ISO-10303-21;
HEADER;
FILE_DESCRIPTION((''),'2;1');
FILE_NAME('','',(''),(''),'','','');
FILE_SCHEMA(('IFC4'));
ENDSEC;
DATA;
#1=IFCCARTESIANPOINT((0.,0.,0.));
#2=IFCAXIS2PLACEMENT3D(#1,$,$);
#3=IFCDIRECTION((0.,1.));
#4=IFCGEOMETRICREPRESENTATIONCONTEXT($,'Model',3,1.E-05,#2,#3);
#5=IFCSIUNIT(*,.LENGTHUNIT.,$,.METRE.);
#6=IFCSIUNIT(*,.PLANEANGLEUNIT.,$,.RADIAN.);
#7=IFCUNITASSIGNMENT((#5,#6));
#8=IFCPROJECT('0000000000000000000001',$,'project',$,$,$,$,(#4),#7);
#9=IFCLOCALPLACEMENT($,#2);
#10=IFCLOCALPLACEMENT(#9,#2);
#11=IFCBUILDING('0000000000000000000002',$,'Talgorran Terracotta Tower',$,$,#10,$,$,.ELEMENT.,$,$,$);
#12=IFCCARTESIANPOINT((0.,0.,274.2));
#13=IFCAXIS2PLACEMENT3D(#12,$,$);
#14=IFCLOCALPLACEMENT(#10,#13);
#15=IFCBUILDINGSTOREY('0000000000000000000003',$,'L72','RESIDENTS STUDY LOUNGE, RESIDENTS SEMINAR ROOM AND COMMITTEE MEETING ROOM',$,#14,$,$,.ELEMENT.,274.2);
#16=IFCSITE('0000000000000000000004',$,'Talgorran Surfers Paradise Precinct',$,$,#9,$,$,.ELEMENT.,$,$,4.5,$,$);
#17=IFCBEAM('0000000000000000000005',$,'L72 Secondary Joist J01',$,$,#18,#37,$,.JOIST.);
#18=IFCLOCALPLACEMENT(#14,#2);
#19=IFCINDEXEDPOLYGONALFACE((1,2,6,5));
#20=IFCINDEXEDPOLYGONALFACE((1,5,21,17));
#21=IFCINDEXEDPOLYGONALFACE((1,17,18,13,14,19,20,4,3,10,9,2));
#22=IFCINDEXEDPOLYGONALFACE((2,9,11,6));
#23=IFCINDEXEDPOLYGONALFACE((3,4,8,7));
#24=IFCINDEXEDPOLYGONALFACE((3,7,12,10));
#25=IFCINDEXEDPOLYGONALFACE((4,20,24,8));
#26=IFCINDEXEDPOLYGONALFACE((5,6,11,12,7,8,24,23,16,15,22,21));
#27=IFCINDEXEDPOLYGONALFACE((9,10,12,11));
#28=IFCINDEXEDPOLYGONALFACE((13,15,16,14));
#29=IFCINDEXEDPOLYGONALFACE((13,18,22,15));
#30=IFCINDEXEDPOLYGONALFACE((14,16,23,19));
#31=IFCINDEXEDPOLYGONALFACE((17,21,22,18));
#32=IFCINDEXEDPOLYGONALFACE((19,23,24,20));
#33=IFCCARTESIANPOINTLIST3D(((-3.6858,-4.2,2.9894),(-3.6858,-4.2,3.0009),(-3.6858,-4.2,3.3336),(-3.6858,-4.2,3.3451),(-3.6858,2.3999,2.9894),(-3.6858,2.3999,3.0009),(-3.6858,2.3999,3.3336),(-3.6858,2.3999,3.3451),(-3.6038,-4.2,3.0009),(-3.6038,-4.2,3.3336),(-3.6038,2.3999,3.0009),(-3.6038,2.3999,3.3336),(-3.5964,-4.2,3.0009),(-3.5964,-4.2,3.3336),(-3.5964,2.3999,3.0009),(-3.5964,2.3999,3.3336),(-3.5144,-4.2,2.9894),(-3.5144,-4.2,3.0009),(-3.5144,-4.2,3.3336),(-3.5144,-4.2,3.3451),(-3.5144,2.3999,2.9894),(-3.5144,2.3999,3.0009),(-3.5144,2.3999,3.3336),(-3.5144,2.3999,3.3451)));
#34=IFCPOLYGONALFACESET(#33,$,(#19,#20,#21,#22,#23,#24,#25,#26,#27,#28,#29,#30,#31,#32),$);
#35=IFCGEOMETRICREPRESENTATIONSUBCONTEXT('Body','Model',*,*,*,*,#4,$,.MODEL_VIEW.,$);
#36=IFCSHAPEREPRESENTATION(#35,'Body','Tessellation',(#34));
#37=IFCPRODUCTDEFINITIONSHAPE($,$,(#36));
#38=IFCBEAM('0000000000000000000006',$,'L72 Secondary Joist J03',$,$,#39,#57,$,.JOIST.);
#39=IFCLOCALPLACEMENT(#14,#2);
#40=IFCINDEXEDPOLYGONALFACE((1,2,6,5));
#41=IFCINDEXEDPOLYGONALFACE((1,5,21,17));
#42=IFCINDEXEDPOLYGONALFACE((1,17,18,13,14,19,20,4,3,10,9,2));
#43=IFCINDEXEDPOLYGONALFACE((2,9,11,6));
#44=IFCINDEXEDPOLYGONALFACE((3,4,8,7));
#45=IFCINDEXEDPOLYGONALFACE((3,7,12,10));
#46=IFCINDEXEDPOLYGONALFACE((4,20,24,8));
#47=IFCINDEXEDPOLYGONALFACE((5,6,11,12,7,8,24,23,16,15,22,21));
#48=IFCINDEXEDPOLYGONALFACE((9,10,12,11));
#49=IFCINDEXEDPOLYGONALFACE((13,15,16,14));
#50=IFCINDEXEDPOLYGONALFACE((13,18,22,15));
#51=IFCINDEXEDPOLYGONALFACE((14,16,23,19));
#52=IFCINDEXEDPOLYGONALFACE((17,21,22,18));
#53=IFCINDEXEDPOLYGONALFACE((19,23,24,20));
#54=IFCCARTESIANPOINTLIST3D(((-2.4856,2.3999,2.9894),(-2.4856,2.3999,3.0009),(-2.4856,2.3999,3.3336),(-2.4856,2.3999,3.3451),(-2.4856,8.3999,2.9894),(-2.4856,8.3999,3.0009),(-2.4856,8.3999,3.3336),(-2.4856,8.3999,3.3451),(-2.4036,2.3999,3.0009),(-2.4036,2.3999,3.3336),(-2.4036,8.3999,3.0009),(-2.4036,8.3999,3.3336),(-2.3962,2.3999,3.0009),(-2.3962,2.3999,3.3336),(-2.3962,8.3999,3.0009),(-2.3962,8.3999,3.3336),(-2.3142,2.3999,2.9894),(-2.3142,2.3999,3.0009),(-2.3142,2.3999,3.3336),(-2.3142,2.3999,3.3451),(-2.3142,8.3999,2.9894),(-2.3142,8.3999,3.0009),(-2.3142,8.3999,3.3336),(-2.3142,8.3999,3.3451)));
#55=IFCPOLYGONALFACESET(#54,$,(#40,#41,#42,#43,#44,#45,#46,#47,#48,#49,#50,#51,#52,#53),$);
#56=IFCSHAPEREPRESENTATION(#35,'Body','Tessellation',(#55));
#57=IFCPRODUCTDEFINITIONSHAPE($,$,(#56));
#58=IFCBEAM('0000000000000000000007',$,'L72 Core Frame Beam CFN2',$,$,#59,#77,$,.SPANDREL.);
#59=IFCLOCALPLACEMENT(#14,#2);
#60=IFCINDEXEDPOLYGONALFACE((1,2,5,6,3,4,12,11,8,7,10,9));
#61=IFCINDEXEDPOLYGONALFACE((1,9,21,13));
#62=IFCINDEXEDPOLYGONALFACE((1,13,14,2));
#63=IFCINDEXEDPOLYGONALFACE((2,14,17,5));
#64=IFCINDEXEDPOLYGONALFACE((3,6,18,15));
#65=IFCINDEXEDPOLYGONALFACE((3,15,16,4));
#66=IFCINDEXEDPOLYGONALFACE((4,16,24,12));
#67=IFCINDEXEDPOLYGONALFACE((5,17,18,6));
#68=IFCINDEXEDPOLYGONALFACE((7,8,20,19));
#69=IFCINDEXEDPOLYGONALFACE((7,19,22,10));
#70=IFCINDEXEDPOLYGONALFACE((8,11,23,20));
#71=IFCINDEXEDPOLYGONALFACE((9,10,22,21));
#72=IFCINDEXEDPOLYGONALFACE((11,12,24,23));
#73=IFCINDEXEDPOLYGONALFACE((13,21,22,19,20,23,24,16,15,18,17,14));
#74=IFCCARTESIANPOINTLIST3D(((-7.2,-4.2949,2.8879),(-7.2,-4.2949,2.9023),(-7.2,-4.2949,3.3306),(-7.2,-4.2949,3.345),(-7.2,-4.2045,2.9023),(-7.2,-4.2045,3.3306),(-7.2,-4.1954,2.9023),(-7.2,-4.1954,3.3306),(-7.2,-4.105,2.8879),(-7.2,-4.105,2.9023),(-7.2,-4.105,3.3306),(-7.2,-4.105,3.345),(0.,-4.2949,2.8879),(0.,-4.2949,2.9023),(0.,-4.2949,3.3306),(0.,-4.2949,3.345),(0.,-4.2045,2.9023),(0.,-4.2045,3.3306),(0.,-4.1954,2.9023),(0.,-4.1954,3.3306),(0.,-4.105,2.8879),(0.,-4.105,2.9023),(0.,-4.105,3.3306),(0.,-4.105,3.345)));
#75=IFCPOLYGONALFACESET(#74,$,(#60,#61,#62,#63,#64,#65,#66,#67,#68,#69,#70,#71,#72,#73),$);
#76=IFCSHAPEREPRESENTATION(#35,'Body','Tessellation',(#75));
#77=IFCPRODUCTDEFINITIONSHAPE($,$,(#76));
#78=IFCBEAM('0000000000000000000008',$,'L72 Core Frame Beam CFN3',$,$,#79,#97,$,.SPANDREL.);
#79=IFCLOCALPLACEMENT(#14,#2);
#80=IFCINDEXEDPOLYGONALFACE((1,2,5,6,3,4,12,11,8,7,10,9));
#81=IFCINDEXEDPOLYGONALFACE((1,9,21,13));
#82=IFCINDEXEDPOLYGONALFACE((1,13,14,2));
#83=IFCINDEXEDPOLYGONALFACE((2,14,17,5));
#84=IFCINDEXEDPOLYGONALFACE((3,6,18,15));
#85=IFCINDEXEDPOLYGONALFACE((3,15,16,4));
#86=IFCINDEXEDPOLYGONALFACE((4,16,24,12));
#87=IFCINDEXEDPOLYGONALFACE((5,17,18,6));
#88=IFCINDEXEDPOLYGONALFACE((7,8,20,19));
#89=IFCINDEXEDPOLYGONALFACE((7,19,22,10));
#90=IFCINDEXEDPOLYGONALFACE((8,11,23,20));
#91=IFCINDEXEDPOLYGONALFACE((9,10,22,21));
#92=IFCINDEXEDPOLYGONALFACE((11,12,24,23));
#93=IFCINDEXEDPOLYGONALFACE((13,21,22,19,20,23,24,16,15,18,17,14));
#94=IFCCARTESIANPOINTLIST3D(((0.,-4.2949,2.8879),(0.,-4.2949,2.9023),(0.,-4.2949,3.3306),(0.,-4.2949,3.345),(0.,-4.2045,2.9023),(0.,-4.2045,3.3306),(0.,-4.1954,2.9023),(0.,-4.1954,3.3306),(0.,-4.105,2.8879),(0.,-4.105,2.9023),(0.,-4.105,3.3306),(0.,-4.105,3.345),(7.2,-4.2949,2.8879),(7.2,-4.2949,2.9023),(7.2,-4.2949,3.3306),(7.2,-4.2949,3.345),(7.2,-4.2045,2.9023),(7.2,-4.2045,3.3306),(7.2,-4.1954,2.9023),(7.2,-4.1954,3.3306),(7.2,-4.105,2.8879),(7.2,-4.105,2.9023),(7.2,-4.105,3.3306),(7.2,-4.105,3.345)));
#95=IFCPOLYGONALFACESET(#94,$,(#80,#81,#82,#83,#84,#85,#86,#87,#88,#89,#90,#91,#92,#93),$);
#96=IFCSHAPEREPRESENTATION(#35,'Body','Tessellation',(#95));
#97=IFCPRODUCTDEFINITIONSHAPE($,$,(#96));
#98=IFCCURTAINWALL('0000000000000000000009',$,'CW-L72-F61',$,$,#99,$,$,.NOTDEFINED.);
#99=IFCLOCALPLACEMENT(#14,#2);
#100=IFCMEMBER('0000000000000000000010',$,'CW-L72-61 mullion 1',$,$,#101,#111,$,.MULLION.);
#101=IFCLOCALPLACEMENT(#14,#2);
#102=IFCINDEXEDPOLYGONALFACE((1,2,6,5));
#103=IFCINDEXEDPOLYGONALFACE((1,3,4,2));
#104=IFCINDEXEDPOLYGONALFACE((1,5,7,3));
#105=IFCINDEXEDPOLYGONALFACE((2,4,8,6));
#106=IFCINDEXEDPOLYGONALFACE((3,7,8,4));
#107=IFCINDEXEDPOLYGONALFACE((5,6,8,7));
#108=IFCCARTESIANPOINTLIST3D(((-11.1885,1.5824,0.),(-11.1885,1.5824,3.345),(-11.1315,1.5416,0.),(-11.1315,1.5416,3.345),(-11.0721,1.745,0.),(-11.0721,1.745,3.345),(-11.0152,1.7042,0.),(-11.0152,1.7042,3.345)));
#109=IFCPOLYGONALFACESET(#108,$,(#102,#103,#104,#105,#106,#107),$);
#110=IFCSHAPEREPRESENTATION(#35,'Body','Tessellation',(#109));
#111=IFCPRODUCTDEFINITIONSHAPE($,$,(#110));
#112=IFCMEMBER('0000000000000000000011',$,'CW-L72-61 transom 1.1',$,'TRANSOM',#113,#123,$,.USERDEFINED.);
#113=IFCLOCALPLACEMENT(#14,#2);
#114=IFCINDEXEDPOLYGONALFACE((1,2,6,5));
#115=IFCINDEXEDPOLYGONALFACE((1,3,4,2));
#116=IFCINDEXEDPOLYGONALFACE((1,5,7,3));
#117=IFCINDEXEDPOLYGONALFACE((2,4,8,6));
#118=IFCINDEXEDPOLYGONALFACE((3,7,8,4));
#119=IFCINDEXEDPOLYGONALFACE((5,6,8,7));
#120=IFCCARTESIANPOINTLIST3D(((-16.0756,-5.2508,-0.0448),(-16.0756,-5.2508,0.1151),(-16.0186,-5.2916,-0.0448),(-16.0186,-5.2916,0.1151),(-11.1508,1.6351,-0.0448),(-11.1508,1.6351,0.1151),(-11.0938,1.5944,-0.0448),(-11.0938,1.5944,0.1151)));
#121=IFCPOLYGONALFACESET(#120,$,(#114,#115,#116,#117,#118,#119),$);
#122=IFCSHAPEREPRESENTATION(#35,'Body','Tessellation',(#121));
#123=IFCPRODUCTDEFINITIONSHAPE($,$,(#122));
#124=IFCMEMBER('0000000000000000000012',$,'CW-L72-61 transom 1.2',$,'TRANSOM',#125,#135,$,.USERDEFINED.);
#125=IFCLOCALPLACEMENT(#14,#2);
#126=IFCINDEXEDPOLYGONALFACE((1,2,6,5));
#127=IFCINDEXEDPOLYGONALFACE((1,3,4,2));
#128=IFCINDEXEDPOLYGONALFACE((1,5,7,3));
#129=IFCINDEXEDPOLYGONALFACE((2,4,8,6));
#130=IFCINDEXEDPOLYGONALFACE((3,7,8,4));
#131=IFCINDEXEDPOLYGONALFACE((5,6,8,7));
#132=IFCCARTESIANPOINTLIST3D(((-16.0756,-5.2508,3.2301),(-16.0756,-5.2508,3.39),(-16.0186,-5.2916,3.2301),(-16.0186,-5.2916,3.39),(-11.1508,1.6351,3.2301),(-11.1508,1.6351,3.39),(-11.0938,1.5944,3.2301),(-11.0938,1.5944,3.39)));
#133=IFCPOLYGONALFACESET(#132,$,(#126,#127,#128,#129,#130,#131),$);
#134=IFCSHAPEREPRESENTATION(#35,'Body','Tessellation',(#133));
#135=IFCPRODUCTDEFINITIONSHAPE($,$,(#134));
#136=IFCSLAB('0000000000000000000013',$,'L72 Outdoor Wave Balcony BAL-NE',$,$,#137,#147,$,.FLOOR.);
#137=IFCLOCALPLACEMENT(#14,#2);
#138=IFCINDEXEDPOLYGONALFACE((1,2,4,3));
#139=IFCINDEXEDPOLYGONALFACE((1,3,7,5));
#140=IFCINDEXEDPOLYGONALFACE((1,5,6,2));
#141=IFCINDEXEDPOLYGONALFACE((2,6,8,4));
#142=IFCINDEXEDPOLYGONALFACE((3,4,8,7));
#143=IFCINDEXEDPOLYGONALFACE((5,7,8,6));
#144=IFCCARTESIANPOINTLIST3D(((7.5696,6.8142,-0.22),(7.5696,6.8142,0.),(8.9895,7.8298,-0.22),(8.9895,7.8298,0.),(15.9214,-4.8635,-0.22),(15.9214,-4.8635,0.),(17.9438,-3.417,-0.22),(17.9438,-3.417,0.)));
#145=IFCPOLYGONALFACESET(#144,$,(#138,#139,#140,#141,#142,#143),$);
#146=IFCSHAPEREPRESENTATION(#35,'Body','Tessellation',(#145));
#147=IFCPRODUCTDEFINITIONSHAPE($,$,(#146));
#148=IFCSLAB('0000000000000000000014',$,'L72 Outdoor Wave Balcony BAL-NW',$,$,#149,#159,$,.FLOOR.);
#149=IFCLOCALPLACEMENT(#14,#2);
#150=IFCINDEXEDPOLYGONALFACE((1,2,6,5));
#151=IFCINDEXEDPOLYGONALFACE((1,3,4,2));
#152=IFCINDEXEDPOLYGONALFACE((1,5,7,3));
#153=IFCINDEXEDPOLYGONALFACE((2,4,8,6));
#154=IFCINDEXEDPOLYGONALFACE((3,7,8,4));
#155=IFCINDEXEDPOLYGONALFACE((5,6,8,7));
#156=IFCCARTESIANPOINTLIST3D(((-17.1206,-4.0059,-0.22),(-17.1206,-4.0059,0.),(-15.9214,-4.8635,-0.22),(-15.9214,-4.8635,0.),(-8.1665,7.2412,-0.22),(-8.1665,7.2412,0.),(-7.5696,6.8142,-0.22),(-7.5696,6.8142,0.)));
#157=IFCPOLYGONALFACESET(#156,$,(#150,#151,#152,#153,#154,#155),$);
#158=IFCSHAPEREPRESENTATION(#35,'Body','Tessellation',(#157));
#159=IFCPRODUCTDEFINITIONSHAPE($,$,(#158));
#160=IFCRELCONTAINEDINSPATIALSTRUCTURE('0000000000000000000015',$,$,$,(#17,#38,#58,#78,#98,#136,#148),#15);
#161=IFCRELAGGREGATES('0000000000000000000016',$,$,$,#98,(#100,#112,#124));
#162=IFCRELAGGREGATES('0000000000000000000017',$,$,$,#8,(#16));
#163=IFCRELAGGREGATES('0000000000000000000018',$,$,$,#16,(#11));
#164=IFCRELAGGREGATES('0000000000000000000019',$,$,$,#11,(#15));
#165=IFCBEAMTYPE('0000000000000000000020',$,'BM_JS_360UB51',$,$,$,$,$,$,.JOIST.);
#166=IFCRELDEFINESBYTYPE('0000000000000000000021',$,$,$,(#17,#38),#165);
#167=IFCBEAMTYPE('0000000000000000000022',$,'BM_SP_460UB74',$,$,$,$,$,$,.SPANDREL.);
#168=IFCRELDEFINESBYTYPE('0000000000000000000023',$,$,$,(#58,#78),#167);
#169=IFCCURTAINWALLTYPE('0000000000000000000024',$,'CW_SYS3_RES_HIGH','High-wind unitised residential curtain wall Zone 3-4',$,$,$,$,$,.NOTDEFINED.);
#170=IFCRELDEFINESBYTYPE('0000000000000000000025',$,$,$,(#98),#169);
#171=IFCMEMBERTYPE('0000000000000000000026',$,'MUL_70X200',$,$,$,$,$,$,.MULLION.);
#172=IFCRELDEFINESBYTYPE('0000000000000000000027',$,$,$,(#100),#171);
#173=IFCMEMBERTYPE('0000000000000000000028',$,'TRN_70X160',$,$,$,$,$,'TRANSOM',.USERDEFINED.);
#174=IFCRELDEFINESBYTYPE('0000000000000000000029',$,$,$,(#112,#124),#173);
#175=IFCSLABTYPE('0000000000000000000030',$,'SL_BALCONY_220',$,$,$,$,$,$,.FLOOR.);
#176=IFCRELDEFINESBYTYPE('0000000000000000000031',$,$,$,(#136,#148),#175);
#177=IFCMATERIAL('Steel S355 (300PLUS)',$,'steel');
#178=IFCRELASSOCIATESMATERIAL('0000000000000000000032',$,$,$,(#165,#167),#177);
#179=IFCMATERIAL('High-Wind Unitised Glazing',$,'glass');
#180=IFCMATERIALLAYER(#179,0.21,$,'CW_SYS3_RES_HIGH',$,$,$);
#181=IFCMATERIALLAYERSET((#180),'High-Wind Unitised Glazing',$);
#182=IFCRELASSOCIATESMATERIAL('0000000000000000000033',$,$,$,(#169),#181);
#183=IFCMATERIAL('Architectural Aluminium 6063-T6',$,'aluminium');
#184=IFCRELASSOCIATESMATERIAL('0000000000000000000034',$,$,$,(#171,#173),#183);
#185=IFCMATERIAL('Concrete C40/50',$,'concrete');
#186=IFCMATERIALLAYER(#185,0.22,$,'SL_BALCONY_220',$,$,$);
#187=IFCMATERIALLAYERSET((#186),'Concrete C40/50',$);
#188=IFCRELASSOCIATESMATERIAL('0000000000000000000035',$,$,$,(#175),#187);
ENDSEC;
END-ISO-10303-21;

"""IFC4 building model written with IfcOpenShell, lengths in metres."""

from ifc_helpers import new_model, si_unit, direction, frame, origin, origin_2d, place, context, subcontext, project, spatial, polyline, rectangle, i_section, outline, extrude, material, layer, layer_set, material_profile, profile_set, type_object, element, aggregate, save


model = new_model("IFC4")

# Units and contexts
model_context = context("Model", 3, precision=1e-05, world=origin(), true_north=direction((0.0, 1.0)))
body_context = subcontext(model_context, "Body", "Model", "MODEL_VIEW")
ifc_project = project(units=[si_unit("LENGTHUNIT", "METRE"), si_unit("PLANEANGLEUNIT", "RADIAN")], contexts=[model_context])

# Site, building, storey
site_placement = place(None, origin())
site = spatial("IfcSite", under=ifc_project, at=site_placement, Name="Talgorran Surfers Paradise Precinct", CompositionType="ELEMENT", RefElevation=4.5)
building_placement = place(site_placement, origin())
building = spatial("IfcBuilding", under=site, at=building_placement, Name="Talgorran Terracotta Tower", CompositionType="ELEMENT")
storey_placement = place(building_placement, frame((0.0, 0.0, 274.2)))
storey = spatial("IfcBuildingStorey", under=building, at=storey_placement, Name="L72", Description="RESIDENTS STUDY LOUNGE, RESIDENTS SEMINAR ROOM AND COMMITTEE MEETING ROOM", CompositionType="ELEMENT", Elevation=274.2)

# Shared definitions
ifc_material_1 = material(Name="Steel S355 (300PLUS)", Category="steel")

# Beams
ifc_material_profile_1 = material_profile(ifc_material_1, i_section(OverallWidth=0.1714, OverallDepth=0.3557, WebThickness=0.0073, FlangeThickness=0.0115, at=origin_2d()), Name="360UB50.7")
ifc_profile_set_1 = profile_set([ifc_material_profile_1], Name="Steel S355 (300PLUS)")
beam_type_1 = type_object("IfcBeamType", Name="BM_JS_360UB51", PredefinedType="JOIST", material=ifc_profile_set_1)
beam_1_placement = place(storey_placement, frame((-3.6001, -4.2, 3.1672), z_axis=(0.0, 1.0, 0.0), x_axis=(-1.0, 0.0, 0.0)))
element("IfcBeam", 1, at=beam_1_placement, inside=storey, type_object=beam_type_1, Name="L72 Secondary Joist J01", PredefinedType="JOIST", context=body_context, shape_type="SweptSolid", body=[
    extrude(i_section(OverallWidth=0.1714, OverallDepth=0.3557, WebThickness=0.0073, FlangeThickness=0.0115, at=origin_2d()), origin(), (0.0, 0.0, 1.0), 6.5999),
])
beam_2_placement = place(storey_placement, frame((-2.3999, 2.3999, 3.1672), z_axis=(0.0, 1.0, 0.0), x_axis=(-1.0, 0.0, 0.0)))
element("IfcBeam", 2, at=beam_2_placement, inside=storey, type_object=beam_type_1, Name="L72 Secondary Joist J03", PredefinedType="JOIST", context=body_context, shape_type="SweptSolid", body=[
    extrude(i_section(OverallWidth=0.1714, OverallDepth=0.3557, WebThickness=0.0073, FlangeThickness=0.0115, at=origin_2d()), origin(), (0.0, 0.0, 1.0), 6.0),
])
ifc_material_profile_2 = material_profile(ifc_material_1, i_section(OverallWidth=0.1899, OverallDepth=0.457, WebThickness=0.009, FlangeThickness=0.0144, at=origin_2d()), Name="460UB74.6")
ifc_profile_set_2 = profile_set([ifc_material_profile_2], Name="Steel S355 (300PLUS)")
beam_type_2 = type_object("IfcBeamType", Name="BM_SP_460UB74", PredefinedType="SPANDREL", material=ifc_profile_set_2)
for number, where, z_axis, x_axis, name in (
    (3, (-7.2, -4.2, 3.1165), (1.0, 0.0, 0.0), (0.0, 1.0, 0.0), "L72 Core Frame Beam CFN2"),
    (4, (0.0, -4.2, 3.1165), (1.0, 0.0, 0.0), (0.0, 1.0, 0.0), "L72 Core Frame Beam CFN3"),
):
    element("IfcBeam", number, at=place(storey_placement, frame(where, z_axis=z_axis, x_axis=x_axis)), inside=storey, type_object=beam_type_2, Name=name, PredefinedType="SPANDREL", context=body_context, shape_type="SweptSolid", body=[
        extrude(i_section(OverallWidth=0.1899, OverallDepth=0.457, WebThickness=0.009, FlangeThickness=0.0144, at=origin_2d()), origin(), (0.0, 0.0, 1.0), 7.2),
    ])

# Curtain wall, members
ifc_material_2 = material(Name="High-Wind Unitised Glazing", Category="glass")
ifc_layer_1 = layer(ifc_material_2, 0.21, Name="CW_SYS3_RES_HIGH")
ifc_layer_set_1 = layer_set([ifc_layer_1], Name="High-Wind Unitised Glazing")
curtain_wall_type = type_object("IfcCurtainWallType", Name="CW_SYS3_RES_HIGH", Description="High-wind unitised residential curtain wall Zone 3-4", PredefinedType="NOTDEFINED", material=ifc_layer_set_1)
curtain_wall_placement = place(storey_placement, origin())
curtain_wall = element("IfcCurtainWall", 5, at=curtain_wall_placement, inside=storey, type_object=curtain_wall_type, Name="CW-L72-F61", PredefinedType="NOTDEFINED")
ifc_material_3 = material(Name="Architectural Aluminium 6063-T6", Category="aluminium")
ifc_material_profile_3 = material_profile(ifc_material_3, rectangle(XDim=0.0701, YDim=0.2, at=origin_2d()), Name="CWM70X200")
ifc_profile_set_3 = profile_set([ifc_material_profile_3], Name="Architectural Aluminium 6063-T6")
member_type_1 = type_object("IfcMemberType", Name="MUL_70X200", PredefinedType="MULLION", material=ifc_profile_set_3)
member_1_placement = place(storey_placement, frame((-11.1018, 1.6433, 0.0), z_axis=(0.0, 0.0, 1.0), x_axis=(0.813381, -0.581731, 0.0)))
member_1 = element("IfcMember", 6, at=member_1_placement, type_object=member_type_1, Name="CW-L72-61 mullion 1", PredefinedType="MULLION", context=body_context, shape_type="SweptSolid", body=[
    extrude(rectangle(XDim=0.0701, YDim=0.2, at=origin_2d()), origin(), (0.0, 0.0, 1.0), 3.345),
])
ifc_material_profile_4 = material_profile(ifc_material_3, rectangle(XDim=0.0701, YDim=0.1599, at=origin_2d()), Name="CWT70X160")
ifc_profile_set_4 = profile_set([ifc_material_profile_4], Name="Architectural Aluminium 6063-T6")
member_type_2 = type_object("IfcMemberType", Name="TRN_70X160", ElementType="TRANSOM", PredefinedType="USERDEFINED", material=ifc_profile_set_4)
member_2_placement = place(storey_placement, frame((-11.1223, 1.6147, 0.0352), z_axis=(-0.581726, -0.813385, 0.0), x_axis=(0.813385, -0.581726, 0.0)))
member_2 = element("IfcMember", 7, at=member_2_placement, type_object=member_type_2, Name="CW-L72-61 transom 1.1", ObjectType="TRANSOM", PredefinedType="USERDEFINED", context=body_context, shape_type="SweptSolid", body=[
    extrude(rectangle(XDim=0.0701, YDim=0.1599, at=origin_2d()), origin(), (0.0, 0.0, 1.0), 8.4658),
])
member_3_placement = place(storey_placement, frame((-11.1223, 1.6147, 3.3101), z_axis=(-0.581726, -0.813385, 0.0), x_axis=(0.813385, -0.581726, 0.0)))
member_3 = element("IfcMember", 8, at=member_3_placement, type_object=member_type_2, Name="CW-L72-61 transom 1.2", ObjectType="TRANSOM", PredefinedType="USERDEFINED", context=body_context, shape_type="SweptSolid", body=[
    extrude(rectangle(XDim=0.0701, YDim=0.1599, at=origin_2d()), origin(), (0.0, 0.0, 1.0), 8.4658),
])
aggregate(curtain_wall, [member_1, member_2, member_3])

# Slabs
ifc_material_4 = material(Name="Concrete C40/50", Category="concrete")
ifc_layer_2 = layer(ifc_material_4, 0.22, Name="SL_BALCONY_220")
ifc_layer_set_2 = layer_set([ifc_layer_2], Name="Concrete C40/50")
slab_type_1 = type_object("IfcSlabType", Name="SL_BALCONY_220", PredefinedType="FLOOR", material=ifc_layer_set_2)
slab_1_placement = place(storey_placement, frame((0.0, 0.0, -0.22)))
element("IfcSlab", 9, at=slab_1_placement, inside=storey, type_object=slab_type_1, Name="L72 Outdoor Wave Balcony BAL-NE", PredefinedType="FLOOR", context=body_context, shape_type="SweptSolid", body=[
    extrude(outline(polyline([(7.5696, 6.8142), (15.9214, -4.8635), (17.9438, -3.417), (8.9895, 7.8298), (7.5696, 6.8142)])), origin(), (0.0, 0.0, 1.0), 0.22),
])
slab_2_placement = place(storey_placement, frame((0.0, 0.0, -0.22)))
element("IfcSlab", 10, at=slab_2_placement, inside=storey, type_object=slab_type_1, Name="L72 Outdoor Wave Balcony BAL-NW", PredefinedType="FLOOR", context=body_context, shape_type="SweptSolid", body=[
    extrude(outline(polyline([(-15.9214, -4.8635), (-7.5696, 6.8142), (-8.1665, 7.2412), (-17.1206, -4.0059), (-15.9214, -4.8635)])), origin(), (0.0, 0.0, 1.0), 0.22),
])

save(model, "model.ifc")
